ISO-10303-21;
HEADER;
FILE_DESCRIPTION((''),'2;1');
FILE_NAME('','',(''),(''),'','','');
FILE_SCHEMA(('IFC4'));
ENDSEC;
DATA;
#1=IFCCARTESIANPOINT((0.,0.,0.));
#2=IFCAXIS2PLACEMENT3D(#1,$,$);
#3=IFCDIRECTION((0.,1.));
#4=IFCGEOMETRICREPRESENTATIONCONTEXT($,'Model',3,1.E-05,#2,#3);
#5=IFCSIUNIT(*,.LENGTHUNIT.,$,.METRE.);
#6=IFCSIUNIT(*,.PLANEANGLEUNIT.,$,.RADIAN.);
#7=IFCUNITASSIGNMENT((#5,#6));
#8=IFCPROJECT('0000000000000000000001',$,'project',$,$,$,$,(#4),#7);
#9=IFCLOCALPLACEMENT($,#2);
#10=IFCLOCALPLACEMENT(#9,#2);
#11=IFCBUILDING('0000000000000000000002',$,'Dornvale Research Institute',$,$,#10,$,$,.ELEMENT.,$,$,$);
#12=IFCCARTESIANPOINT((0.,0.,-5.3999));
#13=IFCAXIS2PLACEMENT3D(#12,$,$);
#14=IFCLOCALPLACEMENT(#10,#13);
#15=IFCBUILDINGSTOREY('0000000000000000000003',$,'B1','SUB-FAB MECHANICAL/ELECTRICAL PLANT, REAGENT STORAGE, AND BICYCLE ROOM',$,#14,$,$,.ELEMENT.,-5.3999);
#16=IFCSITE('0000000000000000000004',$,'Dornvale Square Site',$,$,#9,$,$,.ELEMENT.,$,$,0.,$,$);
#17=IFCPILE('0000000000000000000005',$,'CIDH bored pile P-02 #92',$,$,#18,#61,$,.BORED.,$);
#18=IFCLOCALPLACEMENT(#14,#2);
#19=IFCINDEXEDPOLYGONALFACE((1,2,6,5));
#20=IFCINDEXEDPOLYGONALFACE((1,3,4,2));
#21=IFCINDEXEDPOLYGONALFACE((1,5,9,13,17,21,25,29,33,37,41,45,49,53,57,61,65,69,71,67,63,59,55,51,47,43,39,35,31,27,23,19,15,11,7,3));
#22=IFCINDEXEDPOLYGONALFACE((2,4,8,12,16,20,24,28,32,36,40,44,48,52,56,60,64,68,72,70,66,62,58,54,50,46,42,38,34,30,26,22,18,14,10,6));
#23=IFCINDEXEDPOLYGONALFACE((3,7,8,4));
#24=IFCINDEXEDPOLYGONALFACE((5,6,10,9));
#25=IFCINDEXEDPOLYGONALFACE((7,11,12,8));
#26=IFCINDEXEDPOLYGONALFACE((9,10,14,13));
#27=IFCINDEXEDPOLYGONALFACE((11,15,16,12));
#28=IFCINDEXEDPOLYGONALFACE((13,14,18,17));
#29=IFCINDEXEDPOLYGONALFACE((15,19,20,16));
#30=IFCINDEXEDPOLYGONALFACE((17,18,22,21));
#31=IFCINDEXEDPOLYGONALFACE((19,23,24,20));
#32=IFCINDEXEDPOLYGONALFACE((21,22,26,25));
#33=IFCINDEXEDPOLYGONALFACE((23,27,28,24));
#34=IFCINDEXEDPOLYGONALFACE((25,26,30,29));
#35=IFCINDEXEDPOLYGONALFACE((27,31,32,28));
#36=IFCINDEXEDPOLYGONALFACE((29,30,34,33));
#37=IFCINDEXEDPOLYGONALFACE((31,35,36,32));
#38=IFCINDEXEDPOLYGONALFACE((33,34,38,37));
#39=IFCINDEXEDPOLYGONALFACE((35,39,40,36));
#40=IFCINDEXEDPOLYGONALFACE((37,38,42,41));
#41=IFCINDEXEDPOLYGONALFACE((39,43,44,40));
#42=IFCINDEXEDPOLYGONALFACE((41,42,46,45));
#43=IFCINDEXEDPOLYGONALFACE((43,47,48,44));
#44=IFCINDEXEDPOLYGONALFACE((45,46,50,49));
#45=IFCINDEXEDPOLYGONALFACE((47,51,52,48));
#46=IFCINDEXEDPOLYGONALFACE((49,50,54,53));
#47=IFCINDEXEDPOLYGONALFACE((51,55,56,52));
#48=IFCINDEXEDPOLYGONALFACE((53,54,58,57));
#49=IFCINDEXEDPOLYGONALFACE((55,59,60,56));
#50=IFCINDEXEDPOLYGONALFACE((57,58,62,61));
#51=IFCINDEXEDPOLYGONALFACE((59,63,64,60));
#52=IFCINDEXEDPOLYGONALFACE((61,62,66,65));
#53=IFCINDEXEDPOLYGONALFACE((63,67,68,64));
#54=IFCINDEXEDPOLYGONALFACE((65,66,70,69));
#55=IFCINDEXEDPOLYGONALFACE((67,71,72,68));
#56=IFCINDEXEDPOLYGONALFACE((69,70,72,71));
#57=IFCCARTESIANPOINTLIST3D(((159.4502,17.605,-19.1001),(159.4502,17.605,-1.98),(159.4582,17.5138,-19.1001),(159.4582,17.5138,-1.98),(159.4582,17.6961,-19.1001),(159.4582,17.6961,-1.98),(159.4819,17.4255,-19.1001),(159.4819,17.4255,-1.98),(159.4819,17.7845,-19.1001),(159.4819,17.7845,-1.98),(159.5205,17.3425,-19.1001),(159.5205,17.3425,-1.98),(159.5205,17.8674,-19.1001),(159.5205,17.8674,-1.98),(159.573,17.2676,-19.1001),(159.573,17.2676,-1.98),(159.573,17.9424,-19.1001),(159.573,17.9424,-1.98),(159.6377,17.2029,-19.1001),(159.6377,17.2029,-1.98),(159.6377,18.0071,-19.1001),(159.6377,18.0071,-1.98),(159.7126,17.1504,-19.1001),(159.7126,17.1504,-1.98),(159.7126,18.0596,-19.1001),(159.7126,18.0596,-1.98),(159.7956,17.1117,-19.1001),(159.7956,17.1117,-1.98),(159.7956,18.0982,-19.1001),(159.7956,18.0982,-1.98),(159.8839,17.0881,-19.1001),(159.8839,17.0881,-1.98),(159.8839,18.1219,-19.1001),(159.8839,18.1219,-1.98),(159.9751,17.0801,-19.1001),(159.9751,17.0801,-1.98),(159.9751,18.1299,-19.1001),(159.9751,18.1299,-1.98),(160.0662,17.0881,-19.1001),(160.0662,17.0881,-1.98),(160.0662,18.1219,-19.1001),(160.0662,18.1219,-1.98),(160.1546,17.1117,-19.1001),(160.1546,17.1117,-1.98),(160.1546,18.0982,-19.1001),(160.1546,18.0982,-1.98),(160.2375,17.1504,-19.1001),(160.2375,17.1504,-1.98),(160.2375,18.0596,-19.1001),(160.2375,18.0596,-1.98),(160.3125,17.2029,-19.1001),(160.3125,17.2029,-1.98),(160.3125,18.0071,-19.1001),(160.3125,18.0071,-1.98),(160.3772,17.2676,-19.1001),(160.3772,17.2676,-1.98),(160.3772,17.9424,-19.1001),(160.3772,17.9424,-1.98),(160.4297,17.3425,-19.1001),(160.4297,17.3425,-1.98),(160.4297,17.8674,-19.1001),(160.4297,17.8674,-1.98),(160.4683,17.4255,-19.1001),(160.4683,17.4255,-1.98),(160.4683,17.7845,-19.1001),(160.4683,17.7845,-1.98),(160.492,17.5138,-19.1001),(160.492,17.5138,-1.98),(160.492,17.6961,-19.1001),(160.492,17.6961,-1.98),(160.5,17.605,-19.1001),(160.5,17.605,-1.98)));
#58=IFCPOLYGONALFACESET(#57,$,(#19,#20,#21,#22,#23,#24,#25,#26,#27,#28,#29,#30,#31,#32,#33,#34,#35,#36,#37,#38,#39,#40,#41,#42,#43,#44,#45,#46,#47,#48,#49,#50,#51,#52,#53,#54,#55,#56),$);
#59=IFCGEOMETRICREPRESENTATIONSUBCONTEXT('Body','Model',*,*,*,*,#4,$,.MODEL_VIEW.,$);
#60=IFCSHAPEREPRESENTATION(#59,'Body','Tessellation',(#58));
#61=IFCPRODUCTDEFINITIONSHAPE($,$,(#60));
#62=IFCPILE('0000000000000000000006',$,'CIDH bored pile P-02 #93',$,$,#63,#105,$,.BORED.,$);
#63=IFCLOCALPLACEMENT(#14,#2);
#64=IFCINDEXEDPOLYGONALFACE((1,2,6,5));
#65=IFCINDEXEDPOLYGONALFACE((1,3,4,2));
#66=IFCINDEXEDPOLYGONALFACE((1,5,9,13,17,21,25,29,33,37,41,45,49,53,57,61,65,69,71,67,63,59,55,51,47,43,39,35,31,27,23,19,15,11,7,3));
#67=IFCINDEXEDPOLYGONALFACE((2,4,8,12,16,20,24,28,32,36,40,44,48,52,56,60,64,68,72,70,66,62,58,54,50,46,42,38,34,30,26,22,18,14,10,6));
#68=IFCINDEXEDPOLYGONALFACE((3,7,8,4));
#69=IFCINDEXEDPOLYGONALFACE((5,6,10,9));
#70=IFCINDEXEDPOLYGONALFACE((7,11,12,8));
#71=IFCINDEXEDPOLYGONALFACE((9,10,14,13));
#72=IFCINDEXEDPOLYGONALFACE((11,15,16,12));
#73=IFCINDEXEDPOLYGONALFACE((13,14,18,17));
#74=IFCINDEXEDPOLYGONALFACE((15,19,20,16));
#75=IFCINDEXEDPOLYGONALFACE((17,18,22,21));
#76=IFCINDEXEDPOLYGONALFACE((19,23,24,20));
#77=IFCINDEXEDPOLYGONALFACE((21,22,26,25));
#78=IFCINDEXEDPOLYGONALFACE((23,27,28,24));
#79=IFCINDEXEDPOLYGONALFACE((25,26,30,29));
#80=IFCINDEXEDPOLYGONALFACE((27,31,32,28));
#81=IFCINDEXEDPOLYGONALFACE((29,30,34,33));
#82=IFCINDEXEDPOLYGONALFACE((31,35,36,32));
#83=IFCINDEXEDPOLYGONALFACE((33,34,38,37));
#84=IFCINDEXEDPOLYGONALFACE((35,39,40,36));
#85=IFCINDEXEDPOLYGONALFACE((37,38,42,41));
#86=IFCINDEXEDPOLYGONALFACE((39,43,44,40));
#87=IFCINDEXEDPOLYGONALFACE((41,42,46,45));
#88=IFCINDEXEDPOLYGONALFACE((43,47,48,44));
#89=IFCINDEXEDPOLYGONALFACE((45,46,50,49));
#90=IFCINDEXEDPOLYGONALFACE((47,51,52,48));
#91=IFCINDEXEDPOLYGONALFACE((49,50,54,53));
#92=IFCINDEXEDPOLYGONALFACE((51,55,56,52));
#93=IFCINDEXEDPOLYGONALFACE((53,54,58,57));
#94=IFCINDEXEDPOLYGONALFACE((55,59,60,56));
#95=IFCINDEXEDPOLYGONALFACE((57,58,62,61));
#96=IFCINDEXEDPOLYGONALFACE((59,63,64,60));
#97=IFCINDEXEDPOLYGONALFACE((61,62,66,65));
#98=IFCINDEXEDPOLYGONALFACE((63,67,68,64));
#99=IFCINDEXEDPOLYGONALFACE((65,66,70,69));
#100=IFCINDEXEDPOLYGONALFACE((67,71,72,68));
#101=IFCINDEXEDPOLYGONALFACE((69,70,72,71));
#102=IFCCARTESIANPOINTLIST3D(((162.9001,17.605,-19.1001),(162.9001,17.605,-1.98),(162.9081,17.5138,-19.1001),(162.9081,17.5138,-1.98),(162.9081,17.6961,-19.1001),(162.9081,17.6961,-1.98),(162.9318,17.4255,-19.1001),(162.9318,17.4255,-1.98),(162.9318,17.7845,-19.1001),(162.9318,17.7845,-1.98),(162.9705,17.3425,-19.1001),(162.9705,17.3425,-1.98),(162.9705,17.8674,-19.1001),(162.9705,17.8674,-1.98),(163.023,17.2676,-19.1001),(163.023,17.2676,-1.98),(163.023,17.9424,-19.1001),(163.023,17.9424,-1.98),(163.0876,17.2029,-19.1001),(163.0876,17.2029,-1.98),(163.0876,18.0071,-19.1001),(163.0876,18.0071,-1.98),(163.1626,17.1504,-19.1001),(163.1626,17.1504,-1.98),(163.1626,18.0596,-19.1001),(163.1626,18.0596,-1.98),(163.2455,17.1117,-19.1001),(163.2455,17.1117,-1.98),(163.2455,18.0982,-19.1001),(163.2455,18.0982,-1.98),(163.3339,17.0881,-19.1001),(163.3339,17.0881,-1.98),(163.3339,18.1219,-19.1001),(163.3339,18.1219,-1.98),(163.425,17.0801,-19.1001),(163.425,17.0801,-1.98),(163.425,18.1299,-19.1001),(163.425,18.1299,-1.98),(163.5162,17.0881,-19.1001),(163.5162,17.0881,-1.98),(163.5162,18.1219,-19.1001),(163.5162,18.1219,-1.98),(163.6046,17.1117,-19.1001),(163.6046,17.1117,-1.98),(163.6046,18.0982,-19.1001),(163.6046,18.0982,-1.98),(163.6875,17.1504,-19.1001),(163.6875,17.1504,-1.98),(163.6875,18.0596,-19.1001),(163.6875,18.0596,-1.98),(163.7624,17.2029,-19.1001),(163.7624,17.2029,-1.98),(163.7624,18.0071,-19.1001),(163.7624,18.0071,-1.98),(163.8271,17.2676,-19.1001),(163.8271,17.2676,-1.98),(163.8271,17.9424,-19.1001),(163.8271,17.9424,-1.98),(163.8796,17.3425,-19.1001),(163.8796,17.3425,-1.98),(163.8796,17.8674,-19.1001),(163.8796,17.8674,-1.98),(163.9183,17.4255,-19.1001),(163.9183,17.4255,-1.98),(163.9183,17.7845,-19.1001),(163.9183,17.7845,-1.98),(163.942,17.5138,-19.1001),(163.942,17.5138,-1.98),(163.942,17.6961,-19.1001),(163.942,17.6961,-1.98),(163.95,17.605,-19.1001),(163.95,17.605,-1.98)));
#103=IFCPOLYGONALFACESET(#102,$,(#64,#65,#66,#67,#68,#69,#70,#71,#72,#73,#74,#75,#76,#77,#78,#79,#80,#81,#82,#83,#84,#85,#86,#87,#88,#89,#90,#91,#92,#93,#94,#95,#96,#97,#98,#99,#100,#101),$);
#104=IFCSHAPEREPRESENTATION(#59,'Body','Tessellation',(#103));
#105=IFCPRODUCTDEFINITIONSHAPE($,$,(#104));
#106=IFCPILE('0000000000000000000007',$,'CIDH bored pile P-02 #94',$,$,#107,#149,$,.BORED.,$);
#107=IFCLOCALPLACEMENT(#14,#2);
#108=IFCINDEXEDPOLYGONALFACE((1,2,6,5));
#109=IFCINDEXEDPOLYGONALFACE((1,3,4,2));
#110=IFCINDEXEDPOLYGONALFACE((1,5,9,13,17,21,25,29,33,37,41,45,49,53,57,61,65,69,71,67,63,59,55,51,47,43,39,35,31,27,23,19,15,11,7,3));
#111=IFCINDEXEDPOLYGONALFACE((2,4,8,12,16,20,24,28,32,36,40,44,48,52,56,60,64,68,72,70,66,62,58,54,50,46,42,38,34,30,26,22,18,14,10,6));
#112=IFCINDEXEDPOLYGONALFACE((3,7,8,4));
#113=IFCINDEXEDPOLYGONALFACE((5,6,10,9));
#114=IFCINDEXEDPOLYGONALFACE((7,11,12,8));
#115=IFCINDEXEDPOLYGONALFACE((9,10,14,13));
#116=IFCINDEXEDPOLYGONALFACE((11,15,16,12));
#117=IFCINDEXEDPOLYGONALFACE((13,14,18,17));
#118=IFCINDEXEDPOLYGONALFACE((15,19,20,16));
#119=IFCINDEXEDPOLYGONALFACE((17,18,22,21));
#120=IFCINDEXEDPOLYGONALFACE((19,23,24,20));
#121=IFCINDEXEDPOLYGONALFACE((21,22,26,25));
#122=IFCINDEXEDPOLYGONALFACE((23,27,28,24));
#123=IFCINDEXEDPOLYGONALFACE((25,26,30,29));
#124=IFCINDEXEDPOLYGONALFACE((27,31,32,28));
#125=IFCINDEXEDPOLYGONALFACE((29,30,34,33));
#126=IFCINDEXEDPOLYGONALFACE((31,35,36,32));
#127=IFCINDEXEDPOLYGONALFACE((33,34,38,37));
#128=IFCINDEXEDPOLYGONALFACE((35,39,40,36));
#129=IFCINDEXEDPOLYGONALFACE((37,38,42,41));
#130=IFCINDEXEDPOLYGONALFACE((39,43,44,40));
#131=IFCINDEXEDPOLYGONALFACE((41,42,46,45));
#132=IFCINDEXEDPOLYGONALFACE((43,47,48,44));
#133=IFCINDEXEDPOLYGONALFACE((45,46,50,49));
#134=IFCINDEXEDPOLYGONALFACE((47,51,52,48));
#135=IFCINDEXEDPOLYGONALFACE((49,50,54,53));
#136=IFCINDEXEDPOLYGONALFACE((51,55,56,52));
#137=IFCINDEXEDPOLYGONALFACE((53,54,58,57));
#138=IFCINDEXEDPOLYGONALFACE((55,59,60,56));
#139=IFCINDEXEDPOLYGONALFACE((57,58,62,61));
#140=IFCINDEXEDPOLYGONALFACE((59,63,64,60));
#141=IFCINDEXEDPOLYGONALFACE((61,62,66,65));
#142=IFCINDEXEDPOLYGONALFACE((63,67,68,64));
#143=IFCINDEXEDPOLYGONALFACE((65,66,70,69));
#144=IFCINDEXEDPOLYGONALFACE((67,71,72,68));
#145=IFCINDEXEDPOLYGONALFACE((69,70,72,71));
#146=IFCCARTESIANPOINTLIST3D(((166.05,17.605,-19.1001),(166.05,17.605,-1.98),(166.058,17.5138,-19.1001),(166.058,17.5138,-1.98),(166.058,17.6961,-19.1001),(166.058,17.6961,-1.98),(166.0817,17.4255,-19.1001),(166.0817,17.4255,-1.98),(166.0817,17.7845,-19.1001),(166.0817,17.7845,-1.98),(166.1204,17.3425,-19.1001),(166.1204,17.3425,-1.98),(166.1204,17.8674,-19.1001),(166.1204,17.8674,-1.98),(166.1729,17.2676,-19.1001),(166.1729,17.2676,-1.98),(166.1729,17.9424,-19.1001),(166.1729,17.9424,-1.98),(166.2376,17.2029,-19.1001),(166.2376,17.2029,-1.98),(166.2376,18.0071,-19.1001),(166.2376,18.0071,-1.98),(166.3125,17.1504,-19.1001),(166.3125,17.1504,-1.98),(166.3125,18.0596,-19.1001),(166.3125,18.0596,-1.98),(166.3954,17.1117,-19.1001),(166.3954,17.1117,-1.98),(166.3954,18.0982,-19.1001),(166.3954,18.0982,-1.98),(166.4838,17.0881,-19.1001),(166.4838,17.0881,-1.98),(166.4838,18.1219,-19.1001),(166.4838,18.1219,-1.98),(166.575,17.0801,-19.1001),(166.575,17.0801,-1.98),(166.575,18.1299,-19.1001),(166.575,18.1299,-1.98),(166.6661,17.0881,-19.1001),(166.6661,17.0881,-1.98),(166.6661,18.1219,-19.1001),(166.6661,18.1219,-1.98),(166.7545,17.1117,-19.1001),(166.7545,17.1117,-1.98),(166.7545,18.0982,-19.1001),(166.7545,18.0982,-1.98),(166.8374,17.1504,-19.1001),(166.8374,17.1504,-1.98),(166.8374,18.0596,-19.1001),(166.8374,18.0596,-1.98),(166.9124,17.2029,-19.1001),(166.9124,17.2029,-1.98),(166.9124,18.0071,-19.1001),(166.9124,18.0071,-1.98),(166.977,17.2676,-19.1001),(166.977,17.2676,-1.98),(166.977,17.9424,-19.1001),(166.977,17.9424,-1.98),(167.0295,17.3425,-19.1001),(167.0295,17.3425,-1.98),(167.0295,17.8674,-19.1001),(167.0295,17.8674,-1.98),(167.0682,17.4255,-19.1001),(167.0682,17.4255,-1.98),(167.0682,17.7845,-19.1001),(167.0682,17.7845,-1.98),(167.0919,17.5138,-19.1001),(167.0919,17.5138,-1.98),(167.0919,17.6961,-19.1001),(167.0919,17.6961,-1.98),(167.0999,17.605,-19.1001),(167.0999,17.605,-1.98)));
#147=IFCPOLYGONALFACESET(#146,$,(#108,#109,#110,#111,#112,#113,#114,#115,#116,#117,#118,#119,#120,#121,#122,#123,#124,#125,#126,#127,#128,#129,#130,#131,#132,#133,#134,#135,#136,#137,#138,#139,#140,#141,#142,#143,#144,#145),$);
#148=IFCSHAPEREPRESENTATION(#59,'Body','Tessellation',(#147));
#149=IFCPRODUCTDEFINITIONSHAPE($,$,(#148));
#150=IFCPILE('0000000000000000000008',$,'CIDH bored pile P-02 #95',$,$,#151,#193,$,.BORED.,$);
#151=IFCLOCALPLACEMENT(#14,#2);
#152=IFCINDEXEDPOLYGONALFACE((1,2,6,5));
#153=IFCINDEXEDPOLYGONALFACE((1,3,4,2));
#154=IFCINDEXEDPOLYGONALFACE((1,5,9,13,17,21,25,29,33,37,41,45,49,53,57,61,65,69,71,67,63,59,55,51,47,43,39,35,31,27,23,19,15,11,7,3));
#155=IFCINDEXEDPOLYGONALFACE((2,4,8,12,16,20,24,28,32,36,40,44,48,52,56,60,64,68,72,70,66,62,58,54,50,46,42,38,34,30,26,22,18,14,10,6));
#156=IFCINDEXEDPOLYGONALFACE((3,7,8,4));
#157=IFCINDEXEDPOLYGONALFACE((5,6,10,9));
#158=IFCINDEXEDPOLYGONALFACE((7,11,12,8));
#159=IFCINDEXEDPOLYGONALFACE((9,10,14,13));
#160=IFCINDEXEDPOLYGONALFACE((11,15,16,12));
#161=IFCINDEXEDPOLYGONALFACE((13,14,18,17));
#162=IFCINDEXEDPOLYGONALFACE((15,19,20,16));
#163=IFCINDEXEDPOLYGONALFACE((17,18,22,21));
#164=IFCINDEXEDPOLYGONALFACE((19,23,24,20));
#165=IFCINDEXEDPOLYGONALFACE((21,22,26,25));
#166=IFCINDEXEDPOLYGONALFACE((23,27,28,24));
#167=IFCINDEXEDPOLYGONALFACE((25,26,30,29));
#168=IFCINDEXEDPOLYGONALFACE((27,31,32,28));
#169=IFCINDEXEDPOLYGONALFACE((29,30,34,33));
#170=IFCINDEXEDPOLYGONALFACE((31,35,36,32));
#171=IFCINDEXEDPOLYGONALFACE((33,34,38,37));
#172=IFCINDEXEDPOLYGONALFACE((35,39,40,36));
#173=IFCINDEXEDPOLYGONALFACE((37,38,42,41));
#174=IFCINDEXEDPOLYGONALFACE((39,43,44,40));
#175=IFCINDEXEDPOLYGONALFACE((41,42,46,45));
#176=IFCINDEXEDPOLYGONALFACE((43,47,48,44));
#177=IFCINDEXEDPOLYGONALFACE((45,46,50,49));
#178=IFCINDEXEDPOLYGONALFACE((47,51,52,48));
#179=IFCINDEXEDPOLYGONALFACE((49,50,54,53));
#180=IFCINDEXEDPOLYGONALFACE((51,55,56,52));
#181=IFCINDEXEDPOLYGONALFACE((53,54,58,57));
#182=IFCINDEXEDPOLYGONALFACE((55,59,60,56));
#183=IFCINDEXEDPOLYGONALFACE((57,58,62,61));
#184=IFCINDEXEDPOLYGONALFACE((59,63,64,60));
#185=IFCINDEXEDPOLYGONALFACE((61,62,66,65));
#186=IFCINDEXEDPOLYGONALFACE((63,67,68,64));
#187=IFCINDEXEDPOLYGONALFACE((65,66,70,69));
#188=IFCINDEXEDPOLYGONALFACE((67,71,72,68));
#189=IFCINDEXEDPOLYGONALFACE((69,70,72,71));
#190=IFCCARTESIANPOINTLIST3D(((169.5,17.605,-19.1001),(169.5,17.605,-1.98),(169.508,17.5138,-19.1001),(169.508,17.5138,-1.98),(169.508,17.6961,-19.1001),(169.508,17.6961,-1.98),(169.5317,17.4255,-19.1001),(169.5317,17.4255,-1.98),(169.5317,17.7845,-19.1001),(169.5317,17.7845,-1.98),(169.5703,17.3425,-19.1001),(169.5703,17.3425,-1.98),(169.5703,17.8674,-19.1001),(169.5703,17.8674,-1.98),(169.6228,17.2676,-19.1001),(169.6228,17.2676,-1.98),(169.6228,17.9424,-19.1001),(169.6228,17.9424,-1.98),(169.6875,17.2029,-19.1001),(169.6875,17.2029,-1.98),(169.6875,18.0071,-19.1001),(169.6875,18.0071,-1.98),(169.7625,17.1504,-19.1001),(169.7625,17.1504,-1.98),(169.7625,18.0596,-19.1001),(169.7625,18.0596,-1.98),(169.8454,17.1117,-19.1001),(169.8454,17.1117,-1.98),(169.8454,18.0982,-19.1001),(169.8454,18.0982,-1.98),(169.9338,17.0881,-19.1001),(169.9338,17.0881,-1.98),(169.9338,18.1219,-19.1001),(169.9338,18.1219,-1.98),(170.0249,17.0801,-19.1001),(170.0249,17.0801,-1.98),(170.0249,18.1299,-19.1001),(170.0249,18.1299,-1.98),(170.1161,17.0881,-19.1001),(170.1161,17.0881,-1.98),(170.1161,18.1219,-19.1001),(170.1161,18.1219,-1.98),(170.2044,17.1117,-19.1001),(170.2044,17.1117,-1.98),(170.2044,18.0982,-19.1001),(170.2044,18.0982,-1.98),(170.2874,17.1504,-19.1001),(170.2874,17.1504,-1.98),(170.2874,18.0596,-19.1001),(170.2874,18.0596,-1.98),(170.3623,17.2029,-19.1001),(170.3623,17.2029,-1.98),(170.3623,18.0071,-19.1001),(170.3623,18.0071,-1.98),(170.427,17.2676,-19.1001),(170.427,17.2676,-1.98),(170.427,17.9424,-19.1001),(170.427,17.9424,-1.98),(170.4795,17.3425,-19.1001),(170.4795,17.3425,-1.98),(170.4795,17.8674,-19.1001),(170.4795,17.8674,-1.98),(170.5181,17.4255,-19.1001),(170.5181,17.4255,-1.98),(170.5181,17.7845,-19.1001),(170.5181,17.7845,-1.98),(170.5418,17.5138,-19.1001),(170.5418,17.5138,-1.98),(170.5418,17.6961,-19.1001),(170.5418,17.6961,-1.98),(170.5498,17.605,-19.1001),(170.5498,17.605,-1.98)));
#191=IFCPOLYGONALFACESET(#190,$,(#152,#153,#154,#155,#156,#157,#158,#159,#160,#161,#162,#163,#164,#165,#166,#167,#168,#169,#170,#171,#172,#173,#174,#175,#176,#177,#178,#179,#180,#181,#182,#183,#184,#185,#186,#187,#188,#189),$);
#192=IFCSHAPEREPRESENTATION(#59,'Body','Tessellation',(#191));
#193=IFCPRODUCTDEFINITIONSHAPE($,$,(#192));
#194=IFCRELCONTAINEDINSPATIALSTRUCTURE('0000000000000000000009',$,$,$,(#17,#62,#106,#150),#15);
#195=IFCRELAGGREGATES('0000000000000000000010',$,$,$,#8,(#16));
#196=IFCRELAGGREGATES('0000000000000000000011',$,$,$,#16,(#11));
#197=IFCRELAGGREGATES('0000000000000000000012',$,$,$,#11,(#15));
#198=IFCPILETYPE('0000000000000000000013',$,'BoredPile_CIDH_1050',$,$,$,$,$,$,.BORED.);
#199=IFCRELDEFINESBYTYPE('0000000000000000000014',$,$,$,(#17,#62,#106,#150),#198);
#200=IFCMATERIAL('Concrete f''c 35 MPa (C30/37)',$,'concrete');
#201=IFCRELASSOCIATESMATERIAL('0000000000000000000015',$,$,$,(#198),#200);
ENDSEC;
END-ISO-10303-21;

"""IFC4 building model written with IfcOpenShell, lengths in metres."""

from ifc_helpers import new_model, si_unit, direction, frame, origin, origin_2d, place, context, subcontext, project, spatial, circle, extrude, material, material_profile, profile_set, type_object, element, save


model = new_model("IFC4")

# Units and contexts
model_context = context("Model", 3, precision=1e-05, world=origin(), true_north=direction((0.0, 1.0)))
body_context = subcontext(model_context, "Body", "Model", "MODEL_VIEW")
ifc_project = project(units=[si_unit("LENGTHUNIT", "METRE"), si_unit("PLANEANGLEUNIT", "RADIAN")], contexts=[model_context])

# Site, building, storey
site_placement = place(None, origin())
site = spatial("IfcSite", under=ifc_project, at=site_placement, Name="Dornvale Square Site", CompositionType="ELEMENT", RefElevation=0.0)
building_placement = place(site_placement, origin())
building = spatial("IfcBuilding", under=site, at=building_placement, Name="Dornvale Research Institute", CompositionType="ELEMENT")
storey_placement = place(building_placement, frame((0.0, 0.0, -5.3999)))
storey = spatial("IfcBuildingStorey", under=building, at=storey_placement, Name="B1", Description="SUB-FAB MECHANICAL/ELECTRICAL PLANT, REAGENT STORAGE, AND BICYCLE ROOM", CompositionType="ELEMENT", Elevation=-5.3999)

# Piles
ifc_material_1 = material(Name="Concrete f'c 35 MPa (C30/37)", Category="concrete")
ifc_material_profile_1 = material_profile(ifc_material_1, circle(Radius=0.5249, at=origin_2d()), Name="CIDH PILE D1050")
ifc_profile_set_1 = profile_set([ifc_material_profile_1], Name="Concrete f'c 35 MPa (C30/37)")
pile_type = type_object("IfcPileType", Name="BoredPile_CIDH_1050", PredefinedType="BORED", material=ifc_profile_set_1)
for number, where, z_axis, x_axis, name in (
    (1, (159.9751, 17.605, -1.98), (0.0, 0.0, -1.0), (1.0, 0.0, 0.0), "CIDH bored pile P-02 #92"),
    (2, (163.425, 17.605, -1.98), (0.0, 0.0, -1.0), (1.0, 0.0, 0.0), "CIDH bored pile P-02 #93"),
    (3, (166.575, 17.605, -1.98), (0.0, 0.0, -1.0), (1.0, 0.0, 0.0), "CIDH bored pile P-02 #94"),
    (4, (170.0249, 17.605, -1.98), (0.0, 0.0, -1.0), (1.0, 0.0, 0.0), "CIDH bored pile P-02 #95"),
):
    element("IfcPile", number, at=place(storey_placement, frame(where, z_axis=z_axis, x_axis=x_axis)), inside=storey, type_object=pile_type, Name=name, PredefinedType="BORED", context=body_context, shape_type="SweptSolid", body=[
        extrude(circle(Radius=0.5249, at=origin_2d()), origin(), (0.0, 0.0, 1.0), 17.1201),
    ])

save(model, "model.ifc")
